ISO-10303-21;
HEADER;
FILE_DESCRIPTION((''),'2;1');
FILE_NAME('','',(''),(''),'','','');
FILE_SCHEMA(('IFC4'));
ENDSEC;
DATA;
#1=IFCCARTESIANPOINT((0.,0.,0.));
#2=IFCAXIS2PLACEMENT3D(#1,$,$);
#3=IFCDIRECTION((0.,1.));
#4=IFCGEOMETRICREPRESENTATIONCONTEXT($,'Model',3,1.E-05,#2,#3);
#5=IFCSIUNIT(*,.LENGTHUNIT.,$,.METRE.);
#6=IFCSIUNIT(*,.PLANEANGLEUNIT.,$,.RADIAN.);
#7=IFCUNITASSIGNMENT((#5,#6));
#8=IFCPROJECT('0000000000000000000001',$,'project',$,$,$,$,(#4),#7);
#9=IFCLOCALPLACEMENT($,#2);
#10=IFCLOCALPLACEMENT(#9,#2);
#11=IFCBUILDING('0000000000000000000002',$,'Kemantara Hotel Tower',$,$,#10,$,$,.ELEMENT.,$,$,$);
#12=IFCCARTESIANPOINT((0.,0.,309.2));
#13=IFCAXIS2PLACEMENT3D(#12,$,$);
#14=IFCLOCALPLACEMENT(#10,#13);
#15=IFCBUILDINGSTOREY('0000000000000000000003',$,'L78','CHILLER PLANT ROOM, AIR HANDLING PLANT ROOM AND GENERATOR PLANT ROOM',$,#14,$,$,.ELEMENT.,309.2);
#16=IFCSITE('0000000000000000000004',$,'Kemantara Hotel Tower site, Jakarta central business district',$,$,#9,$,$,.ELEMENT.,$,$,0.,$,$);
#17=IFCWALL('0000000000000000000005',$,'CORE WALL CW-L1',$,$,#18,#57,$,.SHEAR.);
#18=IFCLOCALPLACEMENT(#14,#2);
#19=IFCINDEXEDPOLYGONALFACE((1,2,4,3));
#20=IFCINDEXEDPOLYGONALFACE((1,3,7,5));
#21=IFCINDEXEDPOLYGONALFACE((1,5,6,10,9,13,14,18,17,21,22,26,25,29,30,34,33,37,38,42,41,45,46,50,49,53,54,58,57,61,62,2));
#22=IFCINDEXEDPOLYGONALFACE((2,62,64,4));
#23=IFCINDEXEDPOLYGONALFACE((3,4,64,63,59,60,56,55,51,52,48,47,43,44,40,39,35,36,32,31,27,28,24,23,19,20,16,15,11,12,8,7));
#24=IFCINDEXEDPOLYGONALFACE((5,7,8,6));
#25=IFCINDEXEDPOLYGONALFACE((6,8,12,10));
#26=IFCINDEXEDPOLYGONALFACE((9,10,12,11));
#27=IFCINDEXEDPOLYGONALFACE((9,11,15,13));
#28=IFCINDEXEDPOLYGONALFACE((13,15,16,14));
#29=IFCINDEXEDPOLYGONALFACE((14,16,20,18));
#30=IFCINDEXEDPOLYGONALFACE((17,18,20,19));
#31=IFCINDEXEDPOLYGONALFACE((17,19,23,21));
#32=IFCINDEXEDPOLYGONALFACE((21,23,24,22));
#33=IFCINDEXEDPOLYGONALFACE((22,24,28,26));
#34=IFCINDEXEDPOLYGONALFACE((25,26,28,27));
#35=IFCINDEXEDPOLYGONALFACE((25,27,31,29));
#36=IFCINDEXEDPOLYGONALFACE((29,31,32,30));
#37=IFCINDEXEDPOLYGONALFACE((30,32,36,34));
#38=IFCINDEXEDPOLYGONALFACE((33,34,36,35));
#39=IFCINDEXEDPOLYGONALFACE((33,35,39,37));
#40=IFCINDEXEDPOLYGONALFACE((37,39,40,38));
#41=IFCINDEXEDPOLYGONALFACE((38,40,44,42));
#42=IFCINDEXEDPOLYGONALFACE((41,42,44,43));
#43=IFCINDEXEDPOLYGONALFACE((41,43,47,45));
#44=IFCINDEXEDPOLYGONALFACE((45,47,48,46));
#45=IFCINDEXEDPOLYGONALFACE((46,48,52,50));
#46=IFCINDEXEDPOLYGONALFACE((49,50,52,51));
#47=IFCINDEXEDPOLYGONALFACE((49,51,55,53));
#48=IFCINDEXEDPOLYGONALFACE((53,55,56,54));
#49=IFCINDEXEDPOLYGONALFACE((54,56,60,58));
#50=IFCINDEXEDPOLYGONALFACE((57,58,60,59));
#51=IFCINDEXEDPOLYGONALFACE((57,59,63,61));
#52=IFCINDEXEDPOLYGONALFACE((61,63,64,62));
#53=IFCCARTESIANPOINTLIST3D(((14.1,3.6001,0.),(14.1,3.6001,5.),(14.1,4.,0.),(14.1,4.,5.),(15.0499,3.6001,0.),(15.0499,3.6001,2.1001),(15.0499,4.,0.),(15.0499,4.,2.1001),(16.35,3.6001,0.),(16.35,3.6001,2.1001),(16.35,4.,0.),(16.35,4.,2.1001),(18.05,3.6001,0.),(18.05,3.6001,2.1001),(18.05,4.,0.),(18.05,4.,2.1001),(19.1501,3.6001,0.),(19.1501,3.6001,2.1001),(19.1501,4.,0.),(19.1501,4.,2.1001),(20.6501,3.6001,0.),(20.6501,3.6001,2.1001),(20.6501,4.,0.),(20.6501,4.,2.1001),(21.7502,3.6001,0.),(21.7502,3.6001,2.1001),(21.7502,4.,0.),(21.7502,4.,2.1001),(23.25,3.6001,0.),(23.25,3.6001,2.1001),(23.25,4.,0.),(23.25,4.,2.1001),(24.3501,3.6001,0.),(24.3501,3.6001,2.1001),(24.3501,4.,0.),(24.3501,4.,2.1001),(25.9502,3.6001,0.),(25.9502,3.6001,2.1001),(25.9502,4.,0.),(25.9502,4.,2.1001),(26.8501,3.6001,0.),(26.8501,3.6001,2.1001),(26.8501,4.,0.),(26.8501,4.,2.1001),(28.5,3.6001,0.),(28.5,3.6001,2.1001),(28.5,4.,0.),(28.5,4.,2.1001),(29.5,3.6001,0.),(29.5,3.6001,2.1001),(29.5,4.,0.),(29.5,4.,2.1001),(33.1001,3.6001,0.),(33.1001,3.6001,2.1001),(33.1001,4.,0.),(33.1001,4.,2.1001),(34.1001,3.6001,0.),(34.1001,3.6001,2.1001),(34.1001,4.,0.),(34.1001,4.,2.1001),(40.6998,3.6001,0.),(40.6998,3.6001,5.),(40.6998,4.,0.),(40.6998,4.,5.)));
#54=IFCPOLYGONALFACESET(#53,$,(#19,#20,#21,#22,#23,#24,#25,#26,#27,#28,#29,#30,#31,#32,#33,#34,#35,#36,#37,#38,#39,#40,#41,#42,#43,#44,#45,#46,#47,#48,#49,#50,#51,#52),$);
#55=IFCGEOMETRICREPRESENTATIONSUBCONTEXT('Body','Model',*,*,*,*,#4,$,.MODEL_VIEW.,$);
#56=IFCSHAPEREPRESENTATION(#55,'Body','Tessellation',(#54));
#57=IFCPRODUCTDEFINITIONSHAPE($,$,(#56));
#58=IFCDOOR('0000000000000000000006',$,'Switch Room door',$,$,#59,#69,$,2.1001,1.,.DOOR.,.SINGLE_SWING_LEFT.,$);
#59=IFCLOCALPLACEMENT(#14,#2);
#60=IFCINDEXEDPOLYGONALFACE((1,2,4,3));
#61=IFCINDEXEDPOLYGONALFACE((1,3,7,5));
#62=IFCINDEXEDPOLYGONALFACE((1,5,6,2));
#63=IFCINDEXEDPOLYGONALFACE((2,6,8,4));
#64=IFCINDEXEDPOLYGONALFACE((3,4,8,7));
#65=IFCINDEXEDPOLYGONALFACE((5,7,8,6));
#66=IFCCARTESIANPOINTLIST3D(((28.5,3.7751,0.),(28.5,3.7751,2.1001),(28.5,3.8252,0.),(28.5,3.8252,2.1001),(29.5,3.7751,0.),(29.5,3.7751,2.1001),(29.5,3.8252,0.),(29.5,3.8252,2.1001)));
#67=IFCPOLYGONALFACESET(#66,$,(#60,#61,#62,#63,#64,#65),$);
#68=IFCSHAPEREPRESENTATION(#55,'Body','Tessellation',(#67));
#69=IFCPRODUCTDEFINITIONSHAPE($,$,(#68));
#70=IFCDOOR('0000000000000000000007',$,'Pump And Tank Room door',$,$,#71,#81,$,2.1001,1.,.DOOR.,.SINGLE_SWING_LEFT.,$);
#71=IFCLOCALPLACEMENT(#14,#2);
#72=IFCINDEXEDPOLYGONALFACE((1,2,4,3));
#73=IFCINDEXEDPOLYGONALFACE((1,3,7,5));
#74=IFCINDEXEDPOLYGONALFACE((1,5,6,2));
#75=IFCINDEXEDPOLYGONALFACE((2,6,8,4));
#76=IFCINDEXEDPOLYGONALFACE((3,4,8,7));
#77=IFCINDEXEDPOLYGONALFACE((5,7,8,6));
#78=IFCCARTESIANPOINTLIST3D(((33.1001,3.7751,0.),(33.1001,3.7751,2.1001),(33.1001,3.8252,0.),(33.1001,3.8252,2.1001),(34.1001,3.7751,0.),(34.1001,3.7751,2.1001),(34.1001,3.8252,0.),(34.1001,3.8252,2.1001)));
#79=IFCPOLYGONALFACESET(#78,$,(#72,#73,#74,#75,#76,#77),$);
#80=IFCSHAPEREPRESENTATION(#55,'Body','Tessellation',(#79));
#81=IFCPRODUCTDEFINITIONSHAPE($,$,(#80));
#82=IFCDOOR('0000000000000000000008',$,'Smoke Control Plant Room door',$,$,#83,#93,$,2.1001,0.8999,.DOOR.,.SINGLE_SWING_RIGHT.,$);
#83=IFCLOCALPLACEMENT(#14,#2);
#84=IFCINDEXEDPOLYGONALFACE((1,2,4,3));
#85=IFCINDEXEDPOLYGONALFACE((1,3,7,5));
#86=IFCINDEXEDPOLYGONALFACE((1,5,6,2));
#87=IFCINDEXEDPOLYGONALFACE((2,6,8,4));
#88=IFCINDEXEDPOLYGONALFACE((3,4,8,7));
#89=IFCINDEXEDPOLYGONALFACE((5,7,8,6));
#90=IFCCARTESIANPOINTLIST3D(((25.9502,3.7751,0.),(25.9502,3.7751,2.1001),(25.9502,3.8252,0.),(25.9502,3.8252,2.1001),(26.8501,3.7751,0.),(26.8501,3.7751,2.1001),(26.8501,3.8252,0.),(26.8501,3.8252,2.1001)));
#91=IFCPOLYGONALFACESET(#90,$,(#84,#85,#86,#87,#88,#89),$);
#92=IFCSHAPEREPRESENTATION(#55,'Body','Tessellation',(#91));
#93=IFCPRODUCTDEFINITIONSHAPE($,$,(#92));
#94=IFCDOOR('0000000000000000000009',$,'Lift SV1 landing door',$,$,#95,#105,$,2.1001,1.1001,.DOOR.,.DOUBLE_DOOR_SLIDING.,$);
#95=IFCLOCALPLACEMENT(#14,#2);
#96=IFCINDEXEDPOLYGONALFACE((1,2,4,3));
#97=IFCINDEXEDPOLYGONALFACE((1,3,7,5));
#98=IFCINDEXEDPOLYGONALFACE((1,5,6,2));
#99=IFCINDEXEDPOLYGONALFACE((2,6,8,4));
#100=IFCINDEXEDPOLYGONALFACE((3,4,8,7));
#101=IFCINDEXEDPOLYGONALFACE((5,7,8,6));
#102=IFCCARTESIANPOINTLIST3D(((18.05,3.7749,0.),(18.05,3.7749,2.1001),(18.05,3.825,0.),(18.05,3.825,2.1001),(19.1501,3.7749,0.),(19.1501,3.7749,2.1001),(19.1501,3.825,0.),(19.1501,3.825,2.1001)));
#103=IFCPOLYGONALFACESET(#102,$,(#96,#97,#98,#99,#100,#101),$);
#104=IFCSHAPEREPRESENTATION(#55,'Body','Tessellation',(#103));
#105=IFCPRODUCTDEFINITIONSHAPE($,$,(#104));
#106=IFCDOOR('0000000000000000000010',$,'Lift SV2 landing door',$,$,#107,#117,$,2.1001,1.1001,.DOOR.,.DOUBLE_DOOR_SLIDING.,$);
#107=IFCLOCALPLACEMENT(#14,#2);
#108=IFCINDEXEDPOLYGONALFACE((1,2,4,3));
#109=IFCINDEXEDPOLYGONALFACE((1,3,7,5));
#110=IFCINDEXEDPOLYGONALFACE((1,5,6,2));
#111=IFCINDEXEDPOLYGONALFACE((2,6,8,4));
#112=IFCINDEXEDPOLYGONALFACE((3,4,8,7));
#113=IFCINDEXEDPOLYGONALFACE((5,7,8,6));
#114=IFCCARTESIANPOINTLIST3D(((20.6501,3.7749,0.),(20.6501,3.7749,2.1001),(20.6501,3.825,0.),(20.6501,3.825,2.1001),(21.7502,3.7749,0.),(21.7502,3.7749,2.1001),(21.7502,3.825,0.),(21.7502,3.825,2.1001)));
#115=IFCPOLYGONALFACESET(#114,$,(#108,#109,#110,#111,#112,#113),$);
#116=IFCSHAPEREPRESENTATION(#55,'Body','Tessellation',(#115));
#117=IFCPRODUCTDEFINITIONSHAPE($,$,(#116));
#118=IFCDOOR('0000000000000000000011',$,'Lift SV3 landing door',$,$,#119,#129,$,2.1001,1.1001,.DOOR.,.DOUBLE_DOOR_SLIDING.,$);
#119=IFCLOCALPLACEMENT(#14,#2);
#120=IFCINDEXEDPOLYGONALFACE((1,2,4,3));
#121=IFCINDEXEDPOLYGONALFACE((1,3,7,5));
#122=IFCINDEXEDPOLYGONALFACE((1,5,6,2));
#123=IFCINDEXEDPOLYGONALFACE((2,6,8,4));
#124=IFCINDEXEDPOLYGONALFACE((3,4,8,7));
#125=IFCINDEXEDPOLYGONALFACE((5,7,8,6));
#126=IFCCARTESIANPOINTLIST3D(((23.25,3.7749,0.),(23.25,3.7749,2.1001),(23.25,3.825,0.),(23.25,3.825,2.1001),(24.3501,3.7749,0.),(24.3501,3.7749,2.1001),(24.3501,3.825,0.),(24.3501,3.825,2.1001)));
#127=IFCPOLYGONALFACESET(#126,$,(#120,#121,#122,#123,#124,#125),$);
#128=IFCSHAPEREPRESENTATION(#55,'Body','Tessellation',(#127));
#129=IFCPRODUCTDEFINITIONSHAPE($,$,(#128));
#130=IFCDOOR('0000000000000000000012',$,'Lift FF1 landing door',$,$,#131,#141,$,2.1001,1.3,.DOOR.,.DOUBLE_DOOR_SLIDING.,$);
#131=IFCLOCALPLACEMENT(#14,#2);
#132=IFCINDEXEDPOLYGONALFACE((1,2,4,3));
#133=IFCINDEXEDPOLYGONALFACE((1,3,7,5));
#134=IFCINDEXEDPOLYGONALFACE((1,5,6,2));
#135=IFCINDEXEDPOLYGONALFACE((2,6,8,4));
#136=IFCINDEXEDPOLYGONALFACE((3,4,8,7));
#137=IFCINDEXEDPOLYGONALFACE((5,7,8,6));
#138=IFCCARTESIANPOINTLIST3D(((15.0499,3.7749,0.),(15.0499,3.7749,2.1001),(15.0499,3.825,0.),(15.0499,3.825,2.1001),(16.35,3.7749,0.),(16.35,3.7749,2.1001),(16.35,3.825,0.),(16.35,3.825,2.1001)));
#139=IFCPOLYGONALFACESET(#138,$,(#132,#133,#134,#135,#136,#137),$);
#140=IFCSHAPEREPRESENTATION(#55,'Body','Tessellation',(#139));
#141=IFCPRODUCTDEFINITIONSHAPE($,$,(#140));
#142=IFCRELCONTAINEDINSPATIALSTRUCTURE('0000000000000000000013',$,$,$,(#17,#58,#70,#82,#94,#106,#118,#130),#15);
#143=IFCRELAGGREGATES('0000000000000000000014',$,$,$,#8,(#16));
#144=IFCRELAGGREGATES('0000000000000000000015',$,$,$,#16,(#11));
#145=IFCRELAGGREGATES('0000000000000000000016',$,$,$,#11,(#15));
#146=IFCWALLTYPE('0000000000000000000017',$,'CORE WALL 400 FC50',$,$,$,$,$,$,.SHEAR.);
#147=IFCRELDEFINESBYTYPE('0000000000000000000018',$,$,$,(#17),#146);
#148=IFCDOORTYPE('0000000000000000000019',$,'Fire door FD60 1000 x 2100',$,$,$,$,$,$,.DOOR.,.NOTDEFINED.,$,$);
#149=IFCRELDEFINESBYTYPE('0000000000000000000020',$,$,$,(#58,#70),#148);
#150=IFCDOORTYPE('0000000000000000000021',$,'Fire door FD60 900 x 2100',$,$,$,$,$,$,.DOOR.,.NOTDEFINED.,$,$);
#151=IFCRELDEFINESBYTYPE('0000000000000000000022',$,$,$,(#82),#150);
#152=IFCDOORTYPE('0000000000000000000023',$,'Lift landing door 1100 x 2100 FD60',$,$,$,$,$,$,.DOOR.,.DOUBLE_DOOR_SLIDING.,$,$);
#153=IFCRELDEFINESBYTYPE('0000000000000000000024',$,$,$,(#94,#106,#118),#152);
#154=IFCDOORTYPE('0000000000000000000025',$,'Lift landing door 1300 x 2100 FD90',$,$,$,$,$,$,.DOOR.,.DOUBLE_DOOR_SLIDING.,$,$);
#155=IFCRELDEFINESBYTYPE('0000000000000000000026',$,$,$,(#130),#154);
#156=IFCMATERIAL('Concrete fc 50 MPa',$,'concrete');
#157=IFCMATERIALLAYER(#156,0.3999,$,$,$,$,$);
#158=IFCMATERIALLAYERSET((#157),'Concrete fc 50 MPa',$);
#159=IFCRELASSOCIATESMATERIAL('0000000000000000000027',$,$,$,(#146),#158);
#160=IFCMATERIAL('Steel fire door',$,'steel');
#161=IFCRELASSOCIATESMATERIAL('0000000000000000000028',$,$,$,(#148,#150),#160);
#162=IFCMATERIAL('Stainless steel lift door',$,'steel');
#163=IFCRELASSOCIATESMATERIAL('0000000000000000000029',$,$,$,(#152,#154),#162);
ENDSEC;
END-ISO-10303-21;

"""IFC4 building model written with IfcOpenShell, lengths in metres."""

from ifc_helpers import new_model, si_unit, direction, frame, frame_2d, origin, place, context, subcontext, project, spatial, rectangle, extrude, material, layer, layer_set, type_object, element, fill, save


model = new_model("IFC4")

# Units and contexts
model_context = context("Model", 3, precision=1e-05, world=origin(), true_north=direction((0.0, 1.0)))
body_context = subcontext(model_context, "Body", "Model", "MODEL_VIEW")
ifc_project = project(units=[si_unit("LENGTHUNIT", "METRE"), si_unit("PLANEANGLEUNIT", "RADIAN")], contexts=[model_context])

# Site, building, storey
site_placement = place(None, origin())
site = spatial("IfcSite", under=ifc_project, at=site_placement, Name="Kemantara Hotel Tower site, Jakarta central business district", CompositionType="ELEMENT", RefElevation=0.0)
building_placement = place(site_placement, origin())
building = spatial("IfcBuilding", under=site, at=building_placement, Name="Kemantara Hotel Tower", CompositionType="ELEMENT")
storey_placement = place(building_placement, frame((0.0, 0.0, 309.2)))
storey = spatial("IfcBuildingStorey", under=building, at=storey_placement, Name="L78", Description="CHILLER PLANT ROOM, AIR HANDLING PLANT ROOM AND GENERATOR PLANT ROOM", CompositionType="ELEMENT", Elevation=309.2)

# Shared definitions
ifc_material_1 = material(Name="Concrete fc 50 MPa", Category="concrete")

# Wall, openings, doors
ifc_layer_1 = layer(ifc_material_1, 0.3999)
ifc_layer_set_1 = layer_set([ifc_layer_1], Name="Concrete fc 50 MPa")
wall_type_1 = type_object("IfcWallType", Name="CORE WALL 400 FC50", PredefinedType="SHEAR", material=ifc_layer_set_1)
wall_1_placement = place(storey_placement, frame((14.1001, 3.8, 0.0), z_axis=(0.0, 0.0, 1.0), x_axis=(1.0, 0.0, 0.0)))
wall_1 = element("IfcWall", 1, at=wall_1_placement, inside=storey, type_object=wall_type_1, Name="CORE WALL CW-L1", PredefinedType="SHEAR", context=body_context, shape_type="SweptSolid", body=[
    extrude(rectangle(XDim=26.5999, YDim=0.3999, at=frame_2d((13.2998, 0.0))), origin(), (0.0, 0.0, 1.0), 5.0),
])
opening_1_placement = place(wall_1_placement, frame((0.95, 0.0, 0.0)))
opening_1 = element("IfcOpeningElement", 2, at=opening_1_placement, cuts=wall_1, PredefinedType="OPENING", context=body_context, shape_type="SweptSolid", body=[
    extrude(rectangle(XDim=1.3, YDim=2.1001, at=frame_2d((0.6499, 1.05))), frame((0.0, 0.21, 0.0), z_axis=(0.0, -1.0, 0.0), x_axis=(1.0, 0.0, 0.0)), (0.0, 0.0, 1.0), 0.4199),
])
opening_2_placement = place(wall_1_placement, frame((3.95, 0.0, 0.0)))
opening_2 = element("IfcOpeningElement", 3, at=opening_2_placement, cuts=wall_1, PredefinedType="OPENING", context=body_context, shape_type="SweptSolid", body=[
    extrude(rectangle(XDim=1.1001, YDim=2.1001, at=frame_2d((0.55, 1.05))), frame((0.0, 0.21, 0.0), z_axis=(0.0, -1.0, 0.0), x_axis=(1.0, 0.0, 0.0)), (0.0, 0.0, 1.0), 0.4199),
])
opening_3_placement = place(wall_1_placement, frame((6.55, 0.0, 0.0)))
opening_3 = element("IfcOpeningElement", 4, at=opening_3_placement, cuts=wall_1, PredefinedType="OPENING", context=body_context, shape_type="SweptSolid", body=[
    extrude(rectangle(XDim=1.1001, YDim=2.1001, at=frame_2d((0.55, 1.05))), frame((0.0, 0.21, 0.0), z_axis=(0.0, -1.0, 0.0), x_axis=(1.0, 0.0, 0.0)), (0.0, 0.0, 1.0), 0.4199),
])
opening_4_placement = place(wall_1_placement, frame((9.1499, 0.0, 0.0)))
opening_4 = element("IfcOpeningElement", 5, at=opening_4_placement, cuts=wall_1, PredefinedType="OPENING", context=body_context, shape_type="SweptSolid", body=[
    extrude(rectangle(XDim=1.1001, YDim=2.1001, at=frame_2d((0.55, 1.05))), frame((0.0, 0.21, 0.0), z_axis=(0.0, -1.0, 0.0), x_axis=(1.0, 0.0, 0.0)), (0.0, 0.0, 1.0), 0.4199),
])
opening_5_placement = place(wall_1_placement, frame((11.8501, 0.0, 0.0)))
opening_5 = element("IfcOpeningElement", 6, at=opening_5_placement, cuts=wall_1, PredefinedType="OPENING", context=body_context, shape_type="SweptSolid", body=[
    extrude(rectangle(XDim=0.8999, YDim=2.1001, at=frame_2d((0.45, 1.05))), frame((0.0, 0.21, 0.0), z_axis=(0.0, -1.0, 0.0), x_axis=(1.0, 0.0, 0.0)), (0.0, 0.0, 1.0), 0.4199),
])
opening_6_placement = place(wall_1_placement, frame((14.3999, 0.0, 0.0)))
opening_6 = element("IfcOpeningElement", 7, at=opening_6_placement, cuts=wall_1, PredefinedType="OPENING", context=body_context, shape_type="SweptSolid", body=[
    extrude(rectangle(XDim=1.0, YDim=2.1001, at=frame_2d((0.5, 1.05))), frame((0.0, 0.21, 0.0), z_axis=(0.0, -1.0, 0.0), x_axis=(1.0, 0.0, 0.0)), (0.0, 0.0, 1.0), 0.4199),
])
opening_7_placement = place(wall_1_placement, frame((19.0, 0.0, 0.0)))
opening_7 = element("IfcOpeningElement", 8, at=opening_7_placement, cuts=wall_1, PredefinedType="OPENING", context=body_context, shape_type="SweptSolid", body=[
    extrude(rectangle(XDim=1.0, YDim=2.1001, at=frame_2d((0.5, 1.05))), frame((0.0, 0.21, 0.0), z_axis=(0.0, -1.0, 0.0), x_axis=(1.0, 0.0, 0.0)), (0.0, 0.0, 1.0), 0.4199),
])
ifc_material_2 = material(Name="Steel fire door", Category="steel")
door_type_1 = type_object("IfcDoorType", Name="Fire door FD60 1000 x 2100", OperationType="NOTDEFINED", PredefinedType="DOOR", material=ifc_material_2)
door_1_placement = place(opening_6_placement, frame((1.0, 0.0, 0.0), z_axis=(0.0, 0.0, 1.0), x_axis=(-1.0, 0.0, 0.0)))
door_1 = element("IfcDoor", 9, at=door_1_placement, inside=storey, type_object=door_type_1, Name="Switch Room door", OperationType="SINGLE_SWING_LEFT", OverallHeight=2.1001, OverallWidth=1.0, PredefinedType="DOOR", context=body_context, shape_type="SweptSolid", body=[
    extrude(rectangle(XDim=1.0, YDim=2.1001, at=frame_2d((0.5, 1.05))), frame((0.0, 0.0249, 0.0), z_axis=(0.0, -1.0, 0.0), x_axis=(1.0, 0.0, 0.0)), (0.0, 0.0, 1.0), 0.05),
])
fill(opening_6, door_1)
door_2_placement = place(opening_7_placement, frame((1.0, 0.0, 0.0), z_axis=(0.0, 0.0, 1.0), x_axis=(-1.0, 0.0, 0.0)))
door_2 = element("IfcDoor", 10, at=door_2_placement, inside=storey, type_object=door_type_1, Name="Pump And Tank Room door", OperationType="SINGLE_SWING_LEFT", OverallHeight=2.1001, OverallWidth=1.0, PredefinedType="DOOR", context=body_context, shape_type="SweptSolid", body=[
    extrude(rectangle(XDim=1.0, YDim=2.1001, at=frame_2d((0.5, 1.05))), frame((0.0, 0.0249, 0.0), z_axis=(0.0, -1.0, 0.0), x_axis=(1.0, 0.0, 0.0)), (0.0, 0.0, 1.0), 0.05),
])
fill(opening_7, door_2)
door_type_2 = type_object("IfcDoorType", Name="Fire door FD60 900 x 2100", OperationType="NOTDEFINED", PredefinedType="DOOR", material=ifc_material_2)
door_3_placement = place(opening_5_placement, frame((0.8999, 0.0, 0.0), z_axis=(0.0, 0.0, 1.0), x_axis=(-1.0, 0.0, 0.0)))
door_3 = element("IfcDoor", 11, at=door_3_placement, inside=storey, type_object=door_type_2, Name="Smoke Control Plant Room door", OperationType="SINGLE_SWING_RIGHT", OverallHeight=2.1001, OverallWidth=0.8999, PredefinedType="DOOR", context=body_context, shape_type="SweptSolid", body=[
    extrude(rectangle(XDim=0.8999, YDim=2.1001, at=frame_2d((0.45, 1.05))), frame((0.0, 0.0249, 0.0), z_axis=(0.0, -1.0, 0.0), x_axis=(1.0, 0.0, 0.0)), (0.0, 0.0, 1.0), 0.05),
])
fill(opening_5, door_3)
ifc_material_3 = material(Name="Stainless steel lift door", Category="steel")
door_type_3 = type_object("IfcDoorType", Name="Lift landing door 1100 x 2100 FD60", OperationType="DOUBLE_DOOR_SLIDING", PredefinedType="DOOR", material=ifc_material_3)
door_4_placement = place(opening_2_placement, origin())
door_4 = element("IfcDoor", 12, at=door_4_placement, inside=storey, type_object=door_type_3, Name="Lift SV1 landing door", OperationType="DOUBLE_DOOR_SLIDING", OverallHeight=2.1001, OverallWidth=1.1001, PredefinedType="DOOR", context=body_context, shape_type="SweptSolid", body=[
    extrude(rectangle(XDim=1.1001, YDim=2.1001, at=frame_2d((0.55, 1.05))), frame((0.0, 0.0249, 0.0), z_axis=(0.0, -1.0, 0.0), x_axis=(1.0, 0.0, 0.0)), (0.0, 0.0, 1.0), 0.05),
])
fill(opening_2, door_4)
door_5_placement = place(opening_3_placement, origin())
door_5 = element("IfcDoor", 13, at=door_5_placement, inside=storey, type_object=door_type_3, Name="Lift SV2 landing door", OperationType="DOUBLE_DOOR_SLIDING", OverallHeight=2.1001, OverallWidth=1.1001, PredefinedType="DOOR", context=body_context, shape_type="SweptSolid", body=[
    extrude(rectangle(XDim=1.1001, YDim=2.1001, at=frame_2d((0.55, 1.05))), frame((0.0, 0.0249, 0.0), z_axis=(0.0, -1.0, 0.0), x_axis=(1.0, 0.0, 0.0)), (0.0, 0.0, 1.0), 0.05),
])
fill(opening_3, door_5)
door_6_placement = place(opening_4_placement, origin())
door_6 = element("IfcDoor", 14, at=door_6_placement, inside=storey, type_object=door_type_3, Name="Lift SV3 landing door", OperationType="DOUBLE_DOOR_SLIDING", OverallHeight=2.1001, OverallWidth=1.1001, PredefinedType="DOOR", context=body_context, shape_type="SweptSolid", body=[
    extrude(rectangle(XDim=1.1001, YDim=2.1001, at=frame_2d((0.55, 1.05))), frame((0.0, 0.0249, 0.0), z_axis=(0.0, -1.0, 0.0), x_axis=(1.0, 0.0, 0.0)), (0.0, 0.0, 1.0), 0.05),
])
fill(opening_4, door_6)
door_type_4 = type_object("IfcDoorType", Name="Lift landing door 1300 x 2100 FD90", OperationType="DOUBLE_DOOR_SLIDING", PredefinedType="DOOR", material=ifc_material_3)
door_7_placement = place(opening_1_placement, origin())
door_7 = element("IfcDoor", 15, at=door_7_placement, inside=storey, type_object=door_type_4, Name="Lift FF1 landing door", OperationType="DOUBLE_DOOR_SLIDING", OverallHeight=2.1001, OverallWidth=1.3, PredefinedType="DOOR", context=body_context, shape_type="SweptSolid", body=[
    extrude(rectangle(XDim=1.3, YDim=2.1001, at=frame_2d((0.6499, 1.05))), frame((0.0, 0.0249, 0.0), z_axis=(0.0, -1.0, 0.0), x_axis=(1.0, 0.0, 0.0)), (0.0, 0.0, 1.0), 0.05),
])
fill(opening_1, door_7)

save(model, "model.ifc")
